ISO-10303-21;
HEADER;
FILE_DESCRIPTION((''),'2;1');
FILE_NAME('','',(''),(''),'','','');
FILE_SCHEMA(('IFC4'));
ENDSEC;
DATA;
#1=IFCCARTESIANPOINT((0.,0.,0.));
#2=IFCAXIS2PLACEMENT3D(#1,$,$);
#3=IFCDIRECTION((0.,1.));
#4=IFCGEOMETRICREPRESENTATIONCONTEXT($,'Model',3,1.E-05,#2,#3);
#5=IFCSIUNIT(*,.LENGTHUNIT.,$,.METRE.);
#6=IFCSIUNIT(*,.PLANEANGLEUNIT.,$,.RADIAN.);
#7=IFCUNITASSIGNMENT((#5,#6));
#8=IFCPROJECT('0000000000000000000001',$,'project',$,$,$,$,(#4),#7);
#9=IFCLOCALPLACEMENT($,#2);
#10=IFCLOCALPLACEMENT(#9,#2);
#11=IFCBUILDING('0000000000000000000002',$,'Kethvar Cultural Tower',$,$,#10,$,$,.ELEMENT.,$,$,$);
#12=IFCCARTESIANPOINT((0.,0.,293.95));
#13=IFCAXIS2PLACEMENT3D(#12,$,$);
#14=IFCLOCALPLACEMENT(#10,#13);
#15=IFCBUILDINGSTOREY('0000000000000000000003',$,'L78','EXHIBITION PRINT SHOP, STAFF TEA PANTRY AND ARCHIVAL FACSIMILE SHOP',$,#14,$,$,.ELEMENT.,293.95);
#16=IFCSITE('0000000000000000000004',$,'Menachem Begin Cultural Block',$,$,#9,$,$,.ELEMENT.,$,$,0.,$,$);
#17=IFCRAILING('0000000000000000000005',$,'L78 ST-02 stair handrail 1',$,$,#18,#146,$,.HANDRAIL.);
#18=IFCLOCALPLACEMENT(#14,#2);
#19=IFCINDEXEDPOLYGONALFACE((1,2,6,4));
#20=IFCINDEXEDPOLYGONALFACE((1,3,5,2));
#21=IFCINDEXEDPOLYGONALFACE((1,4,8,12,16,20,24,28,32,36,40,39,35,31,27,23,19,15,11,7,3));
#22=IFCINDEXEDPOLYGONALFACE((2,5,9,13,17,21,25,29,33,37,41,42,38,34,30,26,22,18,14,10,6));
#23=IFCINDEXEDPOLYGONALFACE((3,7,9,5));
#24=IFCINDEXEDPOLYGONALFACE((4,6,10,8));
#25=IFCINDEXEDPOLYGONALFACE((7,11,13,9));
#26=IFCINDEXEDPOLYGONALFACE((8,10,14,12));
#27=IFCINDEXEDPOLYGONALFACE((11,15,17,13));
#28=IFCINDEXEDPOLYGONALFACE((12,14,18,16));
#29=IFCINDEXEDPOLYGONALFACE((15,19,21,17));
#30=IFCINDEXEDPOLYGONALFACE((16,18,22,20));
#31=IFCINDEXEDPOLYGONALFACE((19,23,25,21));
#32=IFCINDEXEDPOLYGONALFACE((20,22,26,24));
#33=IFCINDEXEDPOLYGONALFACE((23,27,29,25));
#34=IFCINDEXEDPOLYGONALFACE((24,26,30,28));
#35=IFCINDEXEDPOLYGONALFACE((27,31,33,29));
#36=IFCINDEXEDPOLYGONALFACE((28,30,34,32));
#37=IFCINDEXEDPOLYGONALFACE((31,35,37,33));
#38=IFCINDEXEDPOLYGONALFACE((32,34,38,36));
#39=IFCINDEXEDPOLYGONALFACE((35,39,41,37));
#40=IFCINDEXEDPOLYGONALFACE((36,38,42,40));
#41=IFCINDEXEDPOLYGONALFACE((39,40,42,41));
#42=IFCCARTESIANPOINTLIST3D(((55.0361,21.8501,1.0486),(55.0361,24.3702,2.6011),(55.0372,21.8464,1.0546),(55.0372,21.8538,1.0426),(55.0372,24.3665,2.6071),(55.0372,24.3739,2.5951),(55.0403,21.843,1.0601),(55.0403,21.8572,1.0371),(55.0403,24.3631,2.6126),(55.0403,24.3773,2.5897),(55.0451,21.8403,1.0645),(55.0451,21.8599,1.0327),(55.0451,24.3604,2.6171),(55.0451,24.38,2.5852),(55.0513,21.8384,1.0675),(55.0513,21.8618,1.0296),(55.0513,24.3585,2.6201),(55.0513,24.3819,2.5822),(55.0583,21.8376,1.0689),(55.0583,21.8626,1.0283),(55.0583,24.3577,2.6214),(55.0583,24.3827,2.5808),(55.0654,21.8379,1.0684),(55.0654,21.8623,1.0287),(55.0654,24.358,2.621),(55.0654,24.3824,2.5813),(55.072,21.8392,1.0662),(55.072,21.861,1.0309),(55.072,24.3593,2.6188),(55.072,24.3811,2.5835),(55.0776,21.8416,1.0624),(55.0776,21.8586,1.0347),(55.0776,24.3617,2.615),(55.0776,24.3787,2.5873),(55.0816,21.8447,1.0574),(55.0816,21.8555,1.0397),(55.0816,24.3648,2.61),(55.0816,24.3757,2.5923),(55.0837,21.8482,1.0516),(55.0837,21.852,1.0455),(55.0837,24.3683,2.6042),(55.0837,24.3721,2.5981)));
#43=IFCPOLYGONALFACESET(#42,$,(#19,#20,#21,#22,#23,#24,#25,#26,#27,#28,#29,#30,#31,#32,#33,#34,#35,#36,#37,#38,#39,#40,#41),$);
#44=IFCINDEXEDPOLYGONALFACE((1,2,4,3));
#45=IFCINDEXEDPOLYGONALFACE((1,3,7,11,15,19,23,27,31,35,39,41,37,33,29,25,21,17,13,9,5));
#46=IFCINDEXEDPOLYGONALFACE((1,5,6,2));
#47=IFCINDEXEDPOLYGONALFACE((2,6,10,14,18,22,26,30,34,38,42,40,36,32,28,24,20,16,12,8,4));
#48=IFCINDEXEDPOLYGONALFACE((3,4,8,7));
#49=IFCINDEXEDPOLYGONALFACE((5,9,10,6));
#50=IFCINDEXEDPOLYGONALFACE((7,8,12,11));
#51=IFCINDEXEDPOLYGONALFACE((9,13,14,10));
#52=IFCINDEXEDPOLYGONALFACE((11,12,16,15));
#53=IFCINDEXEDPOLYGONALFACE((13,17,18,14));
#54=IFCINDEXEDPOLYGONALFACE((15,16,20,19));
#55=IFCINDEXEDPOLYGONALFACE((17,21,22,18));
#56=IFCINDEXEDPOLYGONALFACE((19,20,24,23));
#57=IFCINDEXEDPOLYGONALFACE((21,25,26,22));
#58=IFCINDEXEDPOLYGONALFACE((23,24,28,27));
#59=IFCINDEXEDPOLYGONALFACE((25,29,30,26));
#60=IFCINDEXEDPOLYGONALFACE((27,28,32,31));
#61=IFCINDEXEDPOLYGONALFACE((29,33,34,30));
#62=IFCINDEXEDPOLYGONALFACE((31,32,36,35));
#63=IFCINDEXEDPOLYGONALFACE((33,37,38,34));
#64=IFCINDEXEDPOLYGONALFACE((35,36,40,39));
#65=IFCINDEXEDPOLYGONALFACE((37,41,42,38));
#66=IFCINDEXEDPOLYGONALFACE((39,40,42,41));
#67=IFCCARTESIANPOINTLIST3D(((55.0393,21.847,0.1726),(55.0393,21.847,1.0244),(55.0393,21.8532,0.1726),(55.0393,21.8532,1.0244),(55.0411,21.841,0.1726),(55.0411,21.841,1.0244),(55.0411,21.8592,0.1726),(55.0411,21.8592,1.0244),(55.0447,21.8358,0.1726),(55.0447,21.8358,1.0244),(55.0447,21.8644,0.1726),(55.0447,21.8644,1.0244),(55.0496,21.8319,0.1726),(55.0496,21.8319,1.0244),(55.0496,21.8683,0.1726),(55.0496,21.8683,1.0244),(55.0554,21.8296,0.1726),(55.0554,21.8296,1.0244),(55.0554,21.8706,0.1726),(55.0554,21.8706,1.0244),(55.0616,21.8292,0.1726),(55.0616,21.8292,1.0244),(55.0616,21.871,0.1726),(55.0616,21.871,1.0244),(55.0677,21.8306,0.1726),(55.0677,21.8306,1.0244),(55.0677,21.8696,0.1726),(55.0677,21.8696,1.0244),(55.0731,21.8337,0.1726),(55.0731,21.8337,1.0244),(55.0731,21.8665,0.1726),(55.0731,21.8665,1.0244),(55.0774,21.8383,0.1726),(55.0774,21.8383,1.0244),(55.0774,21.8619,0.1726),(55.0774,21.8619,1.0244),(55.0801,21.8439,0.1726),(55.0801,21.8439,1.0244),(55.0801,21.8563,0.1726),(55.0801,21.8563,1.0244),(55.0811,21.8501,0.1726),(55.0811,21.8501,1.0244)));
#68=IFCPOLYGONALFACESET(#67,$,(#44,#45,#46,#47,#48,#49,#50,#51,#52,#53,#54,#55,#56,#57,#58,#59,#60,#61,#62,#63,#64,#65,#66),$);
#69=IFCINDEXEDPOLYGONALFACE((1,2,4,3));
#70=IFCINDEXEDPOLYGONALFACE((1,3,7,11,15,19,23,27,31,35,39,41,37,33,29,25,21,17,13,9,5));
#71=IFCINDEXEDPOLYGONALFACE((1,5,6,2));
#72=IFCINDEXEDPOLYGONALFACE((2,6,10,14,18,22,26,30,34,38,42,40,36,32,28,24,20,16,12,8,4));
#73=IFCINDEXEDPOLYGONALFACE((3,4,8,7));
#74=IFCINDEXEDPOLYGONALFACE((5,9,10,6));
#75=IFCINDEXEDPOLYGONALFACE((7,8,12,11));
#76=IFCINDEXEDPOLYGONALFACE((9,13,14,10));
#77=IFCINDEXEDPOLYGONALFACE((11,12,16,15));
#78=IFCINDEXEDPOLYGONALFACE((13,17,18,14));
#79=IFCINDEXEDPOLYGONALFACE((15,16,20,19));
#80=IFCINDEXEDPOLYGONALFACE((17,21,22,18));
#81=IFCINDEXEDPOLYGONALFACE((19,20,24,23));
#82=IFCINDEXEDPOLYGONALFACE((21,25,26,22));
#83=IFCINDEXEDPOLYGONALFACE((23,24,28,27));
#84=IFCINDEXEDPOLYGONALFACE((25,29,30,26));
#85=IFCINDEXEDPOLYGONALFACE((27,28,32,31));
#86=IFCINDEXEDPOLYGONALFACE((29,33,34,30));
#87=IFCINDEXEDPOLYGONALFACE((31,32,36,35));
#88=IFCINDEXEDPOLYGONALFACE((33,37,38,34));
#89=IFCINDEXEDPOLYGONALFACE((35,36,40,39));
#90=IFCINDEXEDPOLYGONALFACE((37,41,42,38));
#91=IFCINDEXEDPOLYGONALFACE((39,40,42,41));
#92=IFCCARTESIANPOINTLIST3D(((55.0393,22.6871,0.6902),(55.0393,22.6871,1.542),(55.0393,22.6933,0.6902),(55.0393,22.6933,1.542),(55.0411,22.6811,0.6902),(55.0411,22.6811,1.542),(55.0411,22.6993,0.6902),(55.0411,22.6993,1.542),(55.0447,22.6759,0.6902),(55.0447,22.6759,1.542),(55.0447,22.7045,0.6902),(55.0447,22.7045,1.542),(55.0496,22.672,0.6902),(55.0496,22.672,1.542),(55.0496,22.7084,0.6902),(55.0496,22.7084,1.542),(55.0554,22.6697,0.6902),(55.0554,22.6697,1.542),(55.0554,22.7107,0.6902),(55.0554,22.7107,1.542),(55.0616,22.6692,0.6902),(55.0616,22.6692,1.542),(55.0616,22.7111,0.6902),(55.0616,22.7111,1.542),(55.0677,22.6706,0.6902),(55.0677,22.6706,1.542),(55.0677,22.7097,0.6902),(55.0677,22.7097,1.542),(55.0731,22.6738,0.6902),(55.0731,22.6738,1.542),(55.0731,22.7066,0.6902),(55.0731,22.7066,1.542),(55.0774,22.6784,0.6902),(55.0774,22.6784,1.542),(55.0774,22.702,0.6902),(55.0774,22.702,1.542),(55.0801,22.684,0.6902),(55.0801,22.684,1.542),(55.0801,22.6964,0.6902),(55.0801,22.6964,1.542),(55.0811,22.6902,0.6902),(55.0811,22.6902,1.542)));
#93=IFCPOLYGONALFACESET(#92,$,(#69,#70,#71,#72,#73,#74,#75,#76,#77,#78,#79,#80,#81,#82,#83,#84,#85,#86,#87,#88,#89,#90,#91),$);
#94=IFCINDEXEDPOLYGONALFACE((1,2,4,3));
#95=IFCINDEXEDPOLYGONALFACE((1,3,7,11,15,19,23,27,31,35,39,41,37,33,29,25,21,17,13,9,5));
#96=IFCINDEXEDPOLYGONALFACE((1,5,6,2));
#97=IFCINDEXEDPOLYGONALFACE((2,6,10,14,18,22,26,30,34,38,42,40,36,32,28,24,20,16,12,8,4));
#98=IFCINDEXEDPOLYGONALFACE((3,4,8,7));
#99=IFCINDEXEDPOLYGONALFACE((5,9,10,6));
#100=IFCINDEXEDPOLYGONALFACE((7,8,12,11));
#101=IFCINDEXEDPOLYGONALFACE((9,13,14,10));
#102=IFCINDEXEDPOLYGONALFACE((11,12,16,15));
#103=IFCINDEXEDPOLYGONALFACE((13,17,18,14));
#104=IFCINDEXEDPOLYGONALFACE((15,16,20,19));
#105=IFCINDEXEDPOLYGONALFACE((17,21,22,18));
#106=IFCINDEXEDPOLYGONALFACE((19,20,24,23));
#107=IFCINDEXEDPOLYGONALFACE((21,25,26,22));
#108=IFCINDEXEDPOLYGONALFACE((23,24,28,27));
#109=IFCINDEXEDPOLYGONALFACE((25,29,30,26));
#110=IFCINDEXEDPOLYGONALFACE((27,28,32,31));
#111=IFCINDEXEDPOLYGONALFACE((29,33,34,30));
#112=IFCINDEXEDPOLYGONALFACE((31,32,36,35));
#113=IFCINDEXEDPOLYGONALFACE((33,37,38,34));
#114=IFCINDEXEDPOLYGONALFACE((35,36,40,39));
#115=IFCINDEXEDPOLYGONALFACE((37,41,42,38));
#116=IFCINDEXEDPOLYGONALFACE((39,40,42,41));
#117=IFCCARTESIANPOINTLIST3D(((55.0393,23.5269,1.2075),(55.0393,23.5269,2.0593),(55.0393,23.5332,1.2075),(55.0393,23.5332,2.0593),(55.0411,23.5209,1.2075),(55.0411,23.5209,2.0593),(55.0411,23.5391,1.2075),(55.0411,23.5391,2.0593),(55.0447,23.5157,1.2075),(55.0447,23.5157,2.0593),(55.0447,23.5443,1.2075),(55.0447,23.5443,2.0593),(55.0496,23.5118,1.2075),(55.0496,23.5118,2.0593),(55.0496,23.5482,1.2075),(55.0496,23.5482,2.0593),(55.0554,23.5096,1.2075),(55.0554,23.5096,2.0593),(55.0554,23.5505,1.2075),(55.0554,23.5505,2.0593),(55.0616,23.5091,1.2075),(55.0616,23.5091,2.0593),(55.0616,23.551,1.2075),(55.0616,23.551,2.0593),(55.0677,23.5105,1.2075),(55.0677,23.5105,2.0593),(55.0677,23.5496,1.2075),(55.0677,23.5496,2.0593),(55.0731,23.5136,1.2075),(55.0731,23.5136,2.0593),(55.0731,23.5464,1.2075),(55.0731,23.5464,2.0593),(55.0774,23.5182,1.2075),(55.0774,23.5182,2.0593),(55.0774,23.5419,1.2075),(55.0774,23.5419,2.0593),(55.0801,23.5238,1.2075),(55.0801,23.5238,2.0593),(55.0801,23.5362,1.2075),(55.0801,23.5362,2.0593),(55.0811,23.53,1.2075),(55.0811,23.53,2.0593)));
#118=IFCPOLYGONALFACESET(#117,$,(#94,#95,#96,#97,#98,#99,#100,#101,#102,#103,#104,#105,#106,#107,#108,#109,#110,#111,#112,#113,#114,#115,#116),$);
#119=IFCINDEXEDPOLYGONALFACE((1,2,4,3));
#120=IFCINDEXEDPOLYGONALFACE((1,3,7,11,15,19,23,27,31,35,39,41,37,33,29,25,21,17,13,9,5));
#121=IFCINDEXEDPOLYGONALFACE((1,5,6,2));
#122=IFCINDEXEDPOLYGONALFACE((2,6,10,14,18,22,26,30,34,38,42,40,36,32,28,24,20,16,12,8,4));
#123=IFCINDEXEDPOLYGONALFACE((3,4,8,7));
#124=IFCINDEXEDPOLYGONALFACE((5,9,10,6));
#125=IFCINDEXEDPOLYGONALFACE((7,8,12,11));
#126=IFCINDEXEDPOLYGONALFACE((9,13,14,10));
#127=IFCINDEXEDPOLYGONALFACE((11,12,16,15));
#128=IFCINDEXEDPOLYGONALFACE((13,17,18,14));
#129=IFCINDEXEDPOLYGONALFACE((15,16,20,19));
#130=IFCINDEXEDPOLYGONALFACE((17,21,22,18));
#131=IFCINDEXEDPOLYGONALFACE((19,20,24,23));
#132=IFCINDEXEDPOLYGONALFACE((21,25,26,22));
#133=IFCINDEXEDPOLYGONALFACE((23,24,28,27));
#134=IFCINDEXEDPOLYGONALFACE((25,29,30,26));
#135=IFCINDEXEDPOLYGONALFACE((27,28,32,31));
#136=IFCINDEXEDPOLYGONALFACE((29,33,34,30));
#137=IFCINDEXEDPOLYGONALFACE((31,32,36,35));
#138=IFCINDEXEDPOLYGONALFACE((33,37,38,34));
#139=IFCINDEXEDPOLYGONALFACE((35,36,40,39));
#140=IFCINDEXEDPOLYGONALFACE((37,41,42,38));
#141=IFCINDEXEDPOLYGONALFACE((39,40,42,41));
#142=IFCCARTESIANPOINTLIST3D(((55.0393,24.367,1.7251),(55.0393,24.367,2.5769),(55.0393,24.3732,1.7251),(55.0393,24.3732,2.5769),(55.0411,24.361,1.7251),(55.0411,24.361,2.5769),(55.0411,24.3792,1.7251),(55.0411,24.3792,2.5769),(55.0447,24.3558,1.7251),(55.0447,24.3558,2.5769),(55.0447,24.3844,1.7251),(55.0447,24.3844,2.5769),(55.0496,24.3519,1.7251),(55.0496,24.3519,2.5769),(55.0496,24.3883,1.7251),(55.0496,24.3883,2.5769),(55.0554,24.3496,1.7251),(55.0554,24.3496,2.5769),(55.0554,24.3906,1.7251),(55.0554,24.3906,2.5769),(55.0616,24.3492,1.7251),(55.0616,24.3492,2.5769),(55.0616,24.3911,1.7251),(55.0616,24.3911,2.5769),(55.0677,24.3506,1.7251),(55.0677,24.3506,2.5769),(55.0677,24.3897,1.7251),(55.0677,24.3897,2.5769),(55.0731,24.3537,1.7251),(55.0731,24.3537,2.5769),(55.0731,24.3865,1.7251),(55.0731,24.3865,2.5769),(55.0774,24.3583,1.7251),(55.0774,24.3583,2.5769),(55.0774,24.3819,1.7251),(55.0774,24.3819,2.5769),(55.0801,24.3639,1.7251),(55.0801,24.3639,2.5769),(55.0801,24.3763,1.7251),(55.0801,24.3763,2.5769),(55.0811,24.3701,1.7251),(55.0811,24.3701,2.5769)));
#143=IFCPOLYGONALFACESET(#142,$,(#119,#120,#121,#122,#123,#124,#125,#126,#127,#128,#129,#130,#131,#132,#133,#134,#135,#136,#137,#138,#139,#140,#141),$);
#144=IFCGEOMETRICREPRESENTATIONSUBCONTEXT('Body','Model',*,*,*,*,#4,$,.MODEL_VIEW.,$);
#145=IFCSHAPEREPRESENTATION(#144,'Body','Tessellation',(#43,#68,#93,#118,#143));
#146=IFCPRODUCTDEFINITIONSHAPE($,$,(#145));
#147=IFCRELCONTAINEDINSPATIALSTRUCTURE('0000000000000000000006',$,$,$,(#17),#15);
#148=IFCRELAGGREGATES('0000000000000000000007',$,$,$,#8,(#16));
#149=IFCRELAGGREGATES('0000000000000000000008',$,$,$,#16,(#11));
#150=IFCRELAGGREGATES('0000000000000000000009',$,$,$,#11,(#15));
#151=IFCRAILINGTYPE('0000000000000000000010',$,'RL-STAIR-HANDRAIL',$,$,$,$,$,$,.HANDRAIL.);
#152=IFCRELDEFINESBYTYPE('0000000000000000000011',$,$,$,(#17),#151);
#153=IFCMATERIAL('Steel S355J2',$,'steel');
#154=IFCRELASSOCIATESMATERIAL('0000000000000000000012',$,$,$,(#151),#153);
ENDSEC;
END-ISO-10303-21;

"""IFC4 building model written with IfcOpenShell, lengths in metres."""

from ifc_helpers import new_model, si_unit, direction, frame, origin, origin_2d, place, context, subcontext, project, spatial, circle, extrude, material, type_object, element, save


model = new_model("IFC4")

# Units and contexts
model_context = context("Model", 3, precision=1e-05, world=origin(), true_north=direction((0.0, 1.0)))
body_context = subcontext(model_context, "Body", "Model", "MODEL_VIEW")
ifc_project = project(units=[si_unit("LENGTHUNIT", "METRE"), si_unit("PLANEANGLEUNIT", "RADIAN")], contexts=[model_context])

# Site, building, storey
site_placement = place(None, origin())
site = spatial("IfcSite", under=ifc_project, at=site_placement, Name="Menachem Begin Cultural Block", CompositionType="ELEMENT", RefElevation=0.0)
building_placement = place(site_placement, origin())
building = spatial("IfcBuilding", under=site, at=building_placement, Name="Kethvar Cultural Tower", CompositionType="ELEMENT")
storey_placement = place(building_placement, frame((0.0, 0.0, 293.95)))
storey = spatial("IfcBuildingStorey", under=building, at=storey_placement, Name="L78", Description="EXHIBITION PRINT SHOP, STAFF TEA PANTRY AND ARCHIVAL FACSIMILE SHOP", CompositionType="ELEMENT", Elevation=293.95)

# Shared definitions
ifc_material_1 = material(Name="Steel S355J2", Category="steel")

# Railing
railing_type_1 = type_object("IfcRailingType", Name="RL-STAIR-HANDRAIL", PredefinedType="HANDRAIL", material=ifc_material_1)
railing_1_placement = place(storey_placement, frame((55.0601, 21.8501, 0.1726)))
element("IfcRailing", 1, at=railing_1_placement, inside=storey, type_object=railing_type_1, Name="L78 ST-02 stair handrail 1", PredefinedType="HANDRAIL", context=body_context, shape_type="SweptSolid", body=[
    extrude(circle(Radius=0.0239, at=origin_2d()), frame((0.0, 0.0, 0.876), z_axis=(0.0, 0.8514, 0.524516), x_axis=(-1.0, 0.0, 0.0)), (0.0, 0.0, 1.0), 2.96),
    extrude(circle(Radius=0.021, at=origin_2d()), origin(), (0.0, 0.0, 1.0), 0.8518),
    extrude(circle(Radius=0.021, at=origin_2d()), frame((0.0, 0.8401, 0.5176)), (0.0, 0.0, 1.0), 0.8518),
    extrude(circle(Radius=0.021, at=origin_2d()), frame((0.0, 1.6799, 1.0349)), (0.0, 0.0, 1.0), 0.8518),
    extrude(circle(Radius=0.021, at=origin_2d()), frame((0.0, 2.52, 1.5525)), (0.0, 0.0, 1.0), 0.8518),
])

save(model, "model.ifc")
